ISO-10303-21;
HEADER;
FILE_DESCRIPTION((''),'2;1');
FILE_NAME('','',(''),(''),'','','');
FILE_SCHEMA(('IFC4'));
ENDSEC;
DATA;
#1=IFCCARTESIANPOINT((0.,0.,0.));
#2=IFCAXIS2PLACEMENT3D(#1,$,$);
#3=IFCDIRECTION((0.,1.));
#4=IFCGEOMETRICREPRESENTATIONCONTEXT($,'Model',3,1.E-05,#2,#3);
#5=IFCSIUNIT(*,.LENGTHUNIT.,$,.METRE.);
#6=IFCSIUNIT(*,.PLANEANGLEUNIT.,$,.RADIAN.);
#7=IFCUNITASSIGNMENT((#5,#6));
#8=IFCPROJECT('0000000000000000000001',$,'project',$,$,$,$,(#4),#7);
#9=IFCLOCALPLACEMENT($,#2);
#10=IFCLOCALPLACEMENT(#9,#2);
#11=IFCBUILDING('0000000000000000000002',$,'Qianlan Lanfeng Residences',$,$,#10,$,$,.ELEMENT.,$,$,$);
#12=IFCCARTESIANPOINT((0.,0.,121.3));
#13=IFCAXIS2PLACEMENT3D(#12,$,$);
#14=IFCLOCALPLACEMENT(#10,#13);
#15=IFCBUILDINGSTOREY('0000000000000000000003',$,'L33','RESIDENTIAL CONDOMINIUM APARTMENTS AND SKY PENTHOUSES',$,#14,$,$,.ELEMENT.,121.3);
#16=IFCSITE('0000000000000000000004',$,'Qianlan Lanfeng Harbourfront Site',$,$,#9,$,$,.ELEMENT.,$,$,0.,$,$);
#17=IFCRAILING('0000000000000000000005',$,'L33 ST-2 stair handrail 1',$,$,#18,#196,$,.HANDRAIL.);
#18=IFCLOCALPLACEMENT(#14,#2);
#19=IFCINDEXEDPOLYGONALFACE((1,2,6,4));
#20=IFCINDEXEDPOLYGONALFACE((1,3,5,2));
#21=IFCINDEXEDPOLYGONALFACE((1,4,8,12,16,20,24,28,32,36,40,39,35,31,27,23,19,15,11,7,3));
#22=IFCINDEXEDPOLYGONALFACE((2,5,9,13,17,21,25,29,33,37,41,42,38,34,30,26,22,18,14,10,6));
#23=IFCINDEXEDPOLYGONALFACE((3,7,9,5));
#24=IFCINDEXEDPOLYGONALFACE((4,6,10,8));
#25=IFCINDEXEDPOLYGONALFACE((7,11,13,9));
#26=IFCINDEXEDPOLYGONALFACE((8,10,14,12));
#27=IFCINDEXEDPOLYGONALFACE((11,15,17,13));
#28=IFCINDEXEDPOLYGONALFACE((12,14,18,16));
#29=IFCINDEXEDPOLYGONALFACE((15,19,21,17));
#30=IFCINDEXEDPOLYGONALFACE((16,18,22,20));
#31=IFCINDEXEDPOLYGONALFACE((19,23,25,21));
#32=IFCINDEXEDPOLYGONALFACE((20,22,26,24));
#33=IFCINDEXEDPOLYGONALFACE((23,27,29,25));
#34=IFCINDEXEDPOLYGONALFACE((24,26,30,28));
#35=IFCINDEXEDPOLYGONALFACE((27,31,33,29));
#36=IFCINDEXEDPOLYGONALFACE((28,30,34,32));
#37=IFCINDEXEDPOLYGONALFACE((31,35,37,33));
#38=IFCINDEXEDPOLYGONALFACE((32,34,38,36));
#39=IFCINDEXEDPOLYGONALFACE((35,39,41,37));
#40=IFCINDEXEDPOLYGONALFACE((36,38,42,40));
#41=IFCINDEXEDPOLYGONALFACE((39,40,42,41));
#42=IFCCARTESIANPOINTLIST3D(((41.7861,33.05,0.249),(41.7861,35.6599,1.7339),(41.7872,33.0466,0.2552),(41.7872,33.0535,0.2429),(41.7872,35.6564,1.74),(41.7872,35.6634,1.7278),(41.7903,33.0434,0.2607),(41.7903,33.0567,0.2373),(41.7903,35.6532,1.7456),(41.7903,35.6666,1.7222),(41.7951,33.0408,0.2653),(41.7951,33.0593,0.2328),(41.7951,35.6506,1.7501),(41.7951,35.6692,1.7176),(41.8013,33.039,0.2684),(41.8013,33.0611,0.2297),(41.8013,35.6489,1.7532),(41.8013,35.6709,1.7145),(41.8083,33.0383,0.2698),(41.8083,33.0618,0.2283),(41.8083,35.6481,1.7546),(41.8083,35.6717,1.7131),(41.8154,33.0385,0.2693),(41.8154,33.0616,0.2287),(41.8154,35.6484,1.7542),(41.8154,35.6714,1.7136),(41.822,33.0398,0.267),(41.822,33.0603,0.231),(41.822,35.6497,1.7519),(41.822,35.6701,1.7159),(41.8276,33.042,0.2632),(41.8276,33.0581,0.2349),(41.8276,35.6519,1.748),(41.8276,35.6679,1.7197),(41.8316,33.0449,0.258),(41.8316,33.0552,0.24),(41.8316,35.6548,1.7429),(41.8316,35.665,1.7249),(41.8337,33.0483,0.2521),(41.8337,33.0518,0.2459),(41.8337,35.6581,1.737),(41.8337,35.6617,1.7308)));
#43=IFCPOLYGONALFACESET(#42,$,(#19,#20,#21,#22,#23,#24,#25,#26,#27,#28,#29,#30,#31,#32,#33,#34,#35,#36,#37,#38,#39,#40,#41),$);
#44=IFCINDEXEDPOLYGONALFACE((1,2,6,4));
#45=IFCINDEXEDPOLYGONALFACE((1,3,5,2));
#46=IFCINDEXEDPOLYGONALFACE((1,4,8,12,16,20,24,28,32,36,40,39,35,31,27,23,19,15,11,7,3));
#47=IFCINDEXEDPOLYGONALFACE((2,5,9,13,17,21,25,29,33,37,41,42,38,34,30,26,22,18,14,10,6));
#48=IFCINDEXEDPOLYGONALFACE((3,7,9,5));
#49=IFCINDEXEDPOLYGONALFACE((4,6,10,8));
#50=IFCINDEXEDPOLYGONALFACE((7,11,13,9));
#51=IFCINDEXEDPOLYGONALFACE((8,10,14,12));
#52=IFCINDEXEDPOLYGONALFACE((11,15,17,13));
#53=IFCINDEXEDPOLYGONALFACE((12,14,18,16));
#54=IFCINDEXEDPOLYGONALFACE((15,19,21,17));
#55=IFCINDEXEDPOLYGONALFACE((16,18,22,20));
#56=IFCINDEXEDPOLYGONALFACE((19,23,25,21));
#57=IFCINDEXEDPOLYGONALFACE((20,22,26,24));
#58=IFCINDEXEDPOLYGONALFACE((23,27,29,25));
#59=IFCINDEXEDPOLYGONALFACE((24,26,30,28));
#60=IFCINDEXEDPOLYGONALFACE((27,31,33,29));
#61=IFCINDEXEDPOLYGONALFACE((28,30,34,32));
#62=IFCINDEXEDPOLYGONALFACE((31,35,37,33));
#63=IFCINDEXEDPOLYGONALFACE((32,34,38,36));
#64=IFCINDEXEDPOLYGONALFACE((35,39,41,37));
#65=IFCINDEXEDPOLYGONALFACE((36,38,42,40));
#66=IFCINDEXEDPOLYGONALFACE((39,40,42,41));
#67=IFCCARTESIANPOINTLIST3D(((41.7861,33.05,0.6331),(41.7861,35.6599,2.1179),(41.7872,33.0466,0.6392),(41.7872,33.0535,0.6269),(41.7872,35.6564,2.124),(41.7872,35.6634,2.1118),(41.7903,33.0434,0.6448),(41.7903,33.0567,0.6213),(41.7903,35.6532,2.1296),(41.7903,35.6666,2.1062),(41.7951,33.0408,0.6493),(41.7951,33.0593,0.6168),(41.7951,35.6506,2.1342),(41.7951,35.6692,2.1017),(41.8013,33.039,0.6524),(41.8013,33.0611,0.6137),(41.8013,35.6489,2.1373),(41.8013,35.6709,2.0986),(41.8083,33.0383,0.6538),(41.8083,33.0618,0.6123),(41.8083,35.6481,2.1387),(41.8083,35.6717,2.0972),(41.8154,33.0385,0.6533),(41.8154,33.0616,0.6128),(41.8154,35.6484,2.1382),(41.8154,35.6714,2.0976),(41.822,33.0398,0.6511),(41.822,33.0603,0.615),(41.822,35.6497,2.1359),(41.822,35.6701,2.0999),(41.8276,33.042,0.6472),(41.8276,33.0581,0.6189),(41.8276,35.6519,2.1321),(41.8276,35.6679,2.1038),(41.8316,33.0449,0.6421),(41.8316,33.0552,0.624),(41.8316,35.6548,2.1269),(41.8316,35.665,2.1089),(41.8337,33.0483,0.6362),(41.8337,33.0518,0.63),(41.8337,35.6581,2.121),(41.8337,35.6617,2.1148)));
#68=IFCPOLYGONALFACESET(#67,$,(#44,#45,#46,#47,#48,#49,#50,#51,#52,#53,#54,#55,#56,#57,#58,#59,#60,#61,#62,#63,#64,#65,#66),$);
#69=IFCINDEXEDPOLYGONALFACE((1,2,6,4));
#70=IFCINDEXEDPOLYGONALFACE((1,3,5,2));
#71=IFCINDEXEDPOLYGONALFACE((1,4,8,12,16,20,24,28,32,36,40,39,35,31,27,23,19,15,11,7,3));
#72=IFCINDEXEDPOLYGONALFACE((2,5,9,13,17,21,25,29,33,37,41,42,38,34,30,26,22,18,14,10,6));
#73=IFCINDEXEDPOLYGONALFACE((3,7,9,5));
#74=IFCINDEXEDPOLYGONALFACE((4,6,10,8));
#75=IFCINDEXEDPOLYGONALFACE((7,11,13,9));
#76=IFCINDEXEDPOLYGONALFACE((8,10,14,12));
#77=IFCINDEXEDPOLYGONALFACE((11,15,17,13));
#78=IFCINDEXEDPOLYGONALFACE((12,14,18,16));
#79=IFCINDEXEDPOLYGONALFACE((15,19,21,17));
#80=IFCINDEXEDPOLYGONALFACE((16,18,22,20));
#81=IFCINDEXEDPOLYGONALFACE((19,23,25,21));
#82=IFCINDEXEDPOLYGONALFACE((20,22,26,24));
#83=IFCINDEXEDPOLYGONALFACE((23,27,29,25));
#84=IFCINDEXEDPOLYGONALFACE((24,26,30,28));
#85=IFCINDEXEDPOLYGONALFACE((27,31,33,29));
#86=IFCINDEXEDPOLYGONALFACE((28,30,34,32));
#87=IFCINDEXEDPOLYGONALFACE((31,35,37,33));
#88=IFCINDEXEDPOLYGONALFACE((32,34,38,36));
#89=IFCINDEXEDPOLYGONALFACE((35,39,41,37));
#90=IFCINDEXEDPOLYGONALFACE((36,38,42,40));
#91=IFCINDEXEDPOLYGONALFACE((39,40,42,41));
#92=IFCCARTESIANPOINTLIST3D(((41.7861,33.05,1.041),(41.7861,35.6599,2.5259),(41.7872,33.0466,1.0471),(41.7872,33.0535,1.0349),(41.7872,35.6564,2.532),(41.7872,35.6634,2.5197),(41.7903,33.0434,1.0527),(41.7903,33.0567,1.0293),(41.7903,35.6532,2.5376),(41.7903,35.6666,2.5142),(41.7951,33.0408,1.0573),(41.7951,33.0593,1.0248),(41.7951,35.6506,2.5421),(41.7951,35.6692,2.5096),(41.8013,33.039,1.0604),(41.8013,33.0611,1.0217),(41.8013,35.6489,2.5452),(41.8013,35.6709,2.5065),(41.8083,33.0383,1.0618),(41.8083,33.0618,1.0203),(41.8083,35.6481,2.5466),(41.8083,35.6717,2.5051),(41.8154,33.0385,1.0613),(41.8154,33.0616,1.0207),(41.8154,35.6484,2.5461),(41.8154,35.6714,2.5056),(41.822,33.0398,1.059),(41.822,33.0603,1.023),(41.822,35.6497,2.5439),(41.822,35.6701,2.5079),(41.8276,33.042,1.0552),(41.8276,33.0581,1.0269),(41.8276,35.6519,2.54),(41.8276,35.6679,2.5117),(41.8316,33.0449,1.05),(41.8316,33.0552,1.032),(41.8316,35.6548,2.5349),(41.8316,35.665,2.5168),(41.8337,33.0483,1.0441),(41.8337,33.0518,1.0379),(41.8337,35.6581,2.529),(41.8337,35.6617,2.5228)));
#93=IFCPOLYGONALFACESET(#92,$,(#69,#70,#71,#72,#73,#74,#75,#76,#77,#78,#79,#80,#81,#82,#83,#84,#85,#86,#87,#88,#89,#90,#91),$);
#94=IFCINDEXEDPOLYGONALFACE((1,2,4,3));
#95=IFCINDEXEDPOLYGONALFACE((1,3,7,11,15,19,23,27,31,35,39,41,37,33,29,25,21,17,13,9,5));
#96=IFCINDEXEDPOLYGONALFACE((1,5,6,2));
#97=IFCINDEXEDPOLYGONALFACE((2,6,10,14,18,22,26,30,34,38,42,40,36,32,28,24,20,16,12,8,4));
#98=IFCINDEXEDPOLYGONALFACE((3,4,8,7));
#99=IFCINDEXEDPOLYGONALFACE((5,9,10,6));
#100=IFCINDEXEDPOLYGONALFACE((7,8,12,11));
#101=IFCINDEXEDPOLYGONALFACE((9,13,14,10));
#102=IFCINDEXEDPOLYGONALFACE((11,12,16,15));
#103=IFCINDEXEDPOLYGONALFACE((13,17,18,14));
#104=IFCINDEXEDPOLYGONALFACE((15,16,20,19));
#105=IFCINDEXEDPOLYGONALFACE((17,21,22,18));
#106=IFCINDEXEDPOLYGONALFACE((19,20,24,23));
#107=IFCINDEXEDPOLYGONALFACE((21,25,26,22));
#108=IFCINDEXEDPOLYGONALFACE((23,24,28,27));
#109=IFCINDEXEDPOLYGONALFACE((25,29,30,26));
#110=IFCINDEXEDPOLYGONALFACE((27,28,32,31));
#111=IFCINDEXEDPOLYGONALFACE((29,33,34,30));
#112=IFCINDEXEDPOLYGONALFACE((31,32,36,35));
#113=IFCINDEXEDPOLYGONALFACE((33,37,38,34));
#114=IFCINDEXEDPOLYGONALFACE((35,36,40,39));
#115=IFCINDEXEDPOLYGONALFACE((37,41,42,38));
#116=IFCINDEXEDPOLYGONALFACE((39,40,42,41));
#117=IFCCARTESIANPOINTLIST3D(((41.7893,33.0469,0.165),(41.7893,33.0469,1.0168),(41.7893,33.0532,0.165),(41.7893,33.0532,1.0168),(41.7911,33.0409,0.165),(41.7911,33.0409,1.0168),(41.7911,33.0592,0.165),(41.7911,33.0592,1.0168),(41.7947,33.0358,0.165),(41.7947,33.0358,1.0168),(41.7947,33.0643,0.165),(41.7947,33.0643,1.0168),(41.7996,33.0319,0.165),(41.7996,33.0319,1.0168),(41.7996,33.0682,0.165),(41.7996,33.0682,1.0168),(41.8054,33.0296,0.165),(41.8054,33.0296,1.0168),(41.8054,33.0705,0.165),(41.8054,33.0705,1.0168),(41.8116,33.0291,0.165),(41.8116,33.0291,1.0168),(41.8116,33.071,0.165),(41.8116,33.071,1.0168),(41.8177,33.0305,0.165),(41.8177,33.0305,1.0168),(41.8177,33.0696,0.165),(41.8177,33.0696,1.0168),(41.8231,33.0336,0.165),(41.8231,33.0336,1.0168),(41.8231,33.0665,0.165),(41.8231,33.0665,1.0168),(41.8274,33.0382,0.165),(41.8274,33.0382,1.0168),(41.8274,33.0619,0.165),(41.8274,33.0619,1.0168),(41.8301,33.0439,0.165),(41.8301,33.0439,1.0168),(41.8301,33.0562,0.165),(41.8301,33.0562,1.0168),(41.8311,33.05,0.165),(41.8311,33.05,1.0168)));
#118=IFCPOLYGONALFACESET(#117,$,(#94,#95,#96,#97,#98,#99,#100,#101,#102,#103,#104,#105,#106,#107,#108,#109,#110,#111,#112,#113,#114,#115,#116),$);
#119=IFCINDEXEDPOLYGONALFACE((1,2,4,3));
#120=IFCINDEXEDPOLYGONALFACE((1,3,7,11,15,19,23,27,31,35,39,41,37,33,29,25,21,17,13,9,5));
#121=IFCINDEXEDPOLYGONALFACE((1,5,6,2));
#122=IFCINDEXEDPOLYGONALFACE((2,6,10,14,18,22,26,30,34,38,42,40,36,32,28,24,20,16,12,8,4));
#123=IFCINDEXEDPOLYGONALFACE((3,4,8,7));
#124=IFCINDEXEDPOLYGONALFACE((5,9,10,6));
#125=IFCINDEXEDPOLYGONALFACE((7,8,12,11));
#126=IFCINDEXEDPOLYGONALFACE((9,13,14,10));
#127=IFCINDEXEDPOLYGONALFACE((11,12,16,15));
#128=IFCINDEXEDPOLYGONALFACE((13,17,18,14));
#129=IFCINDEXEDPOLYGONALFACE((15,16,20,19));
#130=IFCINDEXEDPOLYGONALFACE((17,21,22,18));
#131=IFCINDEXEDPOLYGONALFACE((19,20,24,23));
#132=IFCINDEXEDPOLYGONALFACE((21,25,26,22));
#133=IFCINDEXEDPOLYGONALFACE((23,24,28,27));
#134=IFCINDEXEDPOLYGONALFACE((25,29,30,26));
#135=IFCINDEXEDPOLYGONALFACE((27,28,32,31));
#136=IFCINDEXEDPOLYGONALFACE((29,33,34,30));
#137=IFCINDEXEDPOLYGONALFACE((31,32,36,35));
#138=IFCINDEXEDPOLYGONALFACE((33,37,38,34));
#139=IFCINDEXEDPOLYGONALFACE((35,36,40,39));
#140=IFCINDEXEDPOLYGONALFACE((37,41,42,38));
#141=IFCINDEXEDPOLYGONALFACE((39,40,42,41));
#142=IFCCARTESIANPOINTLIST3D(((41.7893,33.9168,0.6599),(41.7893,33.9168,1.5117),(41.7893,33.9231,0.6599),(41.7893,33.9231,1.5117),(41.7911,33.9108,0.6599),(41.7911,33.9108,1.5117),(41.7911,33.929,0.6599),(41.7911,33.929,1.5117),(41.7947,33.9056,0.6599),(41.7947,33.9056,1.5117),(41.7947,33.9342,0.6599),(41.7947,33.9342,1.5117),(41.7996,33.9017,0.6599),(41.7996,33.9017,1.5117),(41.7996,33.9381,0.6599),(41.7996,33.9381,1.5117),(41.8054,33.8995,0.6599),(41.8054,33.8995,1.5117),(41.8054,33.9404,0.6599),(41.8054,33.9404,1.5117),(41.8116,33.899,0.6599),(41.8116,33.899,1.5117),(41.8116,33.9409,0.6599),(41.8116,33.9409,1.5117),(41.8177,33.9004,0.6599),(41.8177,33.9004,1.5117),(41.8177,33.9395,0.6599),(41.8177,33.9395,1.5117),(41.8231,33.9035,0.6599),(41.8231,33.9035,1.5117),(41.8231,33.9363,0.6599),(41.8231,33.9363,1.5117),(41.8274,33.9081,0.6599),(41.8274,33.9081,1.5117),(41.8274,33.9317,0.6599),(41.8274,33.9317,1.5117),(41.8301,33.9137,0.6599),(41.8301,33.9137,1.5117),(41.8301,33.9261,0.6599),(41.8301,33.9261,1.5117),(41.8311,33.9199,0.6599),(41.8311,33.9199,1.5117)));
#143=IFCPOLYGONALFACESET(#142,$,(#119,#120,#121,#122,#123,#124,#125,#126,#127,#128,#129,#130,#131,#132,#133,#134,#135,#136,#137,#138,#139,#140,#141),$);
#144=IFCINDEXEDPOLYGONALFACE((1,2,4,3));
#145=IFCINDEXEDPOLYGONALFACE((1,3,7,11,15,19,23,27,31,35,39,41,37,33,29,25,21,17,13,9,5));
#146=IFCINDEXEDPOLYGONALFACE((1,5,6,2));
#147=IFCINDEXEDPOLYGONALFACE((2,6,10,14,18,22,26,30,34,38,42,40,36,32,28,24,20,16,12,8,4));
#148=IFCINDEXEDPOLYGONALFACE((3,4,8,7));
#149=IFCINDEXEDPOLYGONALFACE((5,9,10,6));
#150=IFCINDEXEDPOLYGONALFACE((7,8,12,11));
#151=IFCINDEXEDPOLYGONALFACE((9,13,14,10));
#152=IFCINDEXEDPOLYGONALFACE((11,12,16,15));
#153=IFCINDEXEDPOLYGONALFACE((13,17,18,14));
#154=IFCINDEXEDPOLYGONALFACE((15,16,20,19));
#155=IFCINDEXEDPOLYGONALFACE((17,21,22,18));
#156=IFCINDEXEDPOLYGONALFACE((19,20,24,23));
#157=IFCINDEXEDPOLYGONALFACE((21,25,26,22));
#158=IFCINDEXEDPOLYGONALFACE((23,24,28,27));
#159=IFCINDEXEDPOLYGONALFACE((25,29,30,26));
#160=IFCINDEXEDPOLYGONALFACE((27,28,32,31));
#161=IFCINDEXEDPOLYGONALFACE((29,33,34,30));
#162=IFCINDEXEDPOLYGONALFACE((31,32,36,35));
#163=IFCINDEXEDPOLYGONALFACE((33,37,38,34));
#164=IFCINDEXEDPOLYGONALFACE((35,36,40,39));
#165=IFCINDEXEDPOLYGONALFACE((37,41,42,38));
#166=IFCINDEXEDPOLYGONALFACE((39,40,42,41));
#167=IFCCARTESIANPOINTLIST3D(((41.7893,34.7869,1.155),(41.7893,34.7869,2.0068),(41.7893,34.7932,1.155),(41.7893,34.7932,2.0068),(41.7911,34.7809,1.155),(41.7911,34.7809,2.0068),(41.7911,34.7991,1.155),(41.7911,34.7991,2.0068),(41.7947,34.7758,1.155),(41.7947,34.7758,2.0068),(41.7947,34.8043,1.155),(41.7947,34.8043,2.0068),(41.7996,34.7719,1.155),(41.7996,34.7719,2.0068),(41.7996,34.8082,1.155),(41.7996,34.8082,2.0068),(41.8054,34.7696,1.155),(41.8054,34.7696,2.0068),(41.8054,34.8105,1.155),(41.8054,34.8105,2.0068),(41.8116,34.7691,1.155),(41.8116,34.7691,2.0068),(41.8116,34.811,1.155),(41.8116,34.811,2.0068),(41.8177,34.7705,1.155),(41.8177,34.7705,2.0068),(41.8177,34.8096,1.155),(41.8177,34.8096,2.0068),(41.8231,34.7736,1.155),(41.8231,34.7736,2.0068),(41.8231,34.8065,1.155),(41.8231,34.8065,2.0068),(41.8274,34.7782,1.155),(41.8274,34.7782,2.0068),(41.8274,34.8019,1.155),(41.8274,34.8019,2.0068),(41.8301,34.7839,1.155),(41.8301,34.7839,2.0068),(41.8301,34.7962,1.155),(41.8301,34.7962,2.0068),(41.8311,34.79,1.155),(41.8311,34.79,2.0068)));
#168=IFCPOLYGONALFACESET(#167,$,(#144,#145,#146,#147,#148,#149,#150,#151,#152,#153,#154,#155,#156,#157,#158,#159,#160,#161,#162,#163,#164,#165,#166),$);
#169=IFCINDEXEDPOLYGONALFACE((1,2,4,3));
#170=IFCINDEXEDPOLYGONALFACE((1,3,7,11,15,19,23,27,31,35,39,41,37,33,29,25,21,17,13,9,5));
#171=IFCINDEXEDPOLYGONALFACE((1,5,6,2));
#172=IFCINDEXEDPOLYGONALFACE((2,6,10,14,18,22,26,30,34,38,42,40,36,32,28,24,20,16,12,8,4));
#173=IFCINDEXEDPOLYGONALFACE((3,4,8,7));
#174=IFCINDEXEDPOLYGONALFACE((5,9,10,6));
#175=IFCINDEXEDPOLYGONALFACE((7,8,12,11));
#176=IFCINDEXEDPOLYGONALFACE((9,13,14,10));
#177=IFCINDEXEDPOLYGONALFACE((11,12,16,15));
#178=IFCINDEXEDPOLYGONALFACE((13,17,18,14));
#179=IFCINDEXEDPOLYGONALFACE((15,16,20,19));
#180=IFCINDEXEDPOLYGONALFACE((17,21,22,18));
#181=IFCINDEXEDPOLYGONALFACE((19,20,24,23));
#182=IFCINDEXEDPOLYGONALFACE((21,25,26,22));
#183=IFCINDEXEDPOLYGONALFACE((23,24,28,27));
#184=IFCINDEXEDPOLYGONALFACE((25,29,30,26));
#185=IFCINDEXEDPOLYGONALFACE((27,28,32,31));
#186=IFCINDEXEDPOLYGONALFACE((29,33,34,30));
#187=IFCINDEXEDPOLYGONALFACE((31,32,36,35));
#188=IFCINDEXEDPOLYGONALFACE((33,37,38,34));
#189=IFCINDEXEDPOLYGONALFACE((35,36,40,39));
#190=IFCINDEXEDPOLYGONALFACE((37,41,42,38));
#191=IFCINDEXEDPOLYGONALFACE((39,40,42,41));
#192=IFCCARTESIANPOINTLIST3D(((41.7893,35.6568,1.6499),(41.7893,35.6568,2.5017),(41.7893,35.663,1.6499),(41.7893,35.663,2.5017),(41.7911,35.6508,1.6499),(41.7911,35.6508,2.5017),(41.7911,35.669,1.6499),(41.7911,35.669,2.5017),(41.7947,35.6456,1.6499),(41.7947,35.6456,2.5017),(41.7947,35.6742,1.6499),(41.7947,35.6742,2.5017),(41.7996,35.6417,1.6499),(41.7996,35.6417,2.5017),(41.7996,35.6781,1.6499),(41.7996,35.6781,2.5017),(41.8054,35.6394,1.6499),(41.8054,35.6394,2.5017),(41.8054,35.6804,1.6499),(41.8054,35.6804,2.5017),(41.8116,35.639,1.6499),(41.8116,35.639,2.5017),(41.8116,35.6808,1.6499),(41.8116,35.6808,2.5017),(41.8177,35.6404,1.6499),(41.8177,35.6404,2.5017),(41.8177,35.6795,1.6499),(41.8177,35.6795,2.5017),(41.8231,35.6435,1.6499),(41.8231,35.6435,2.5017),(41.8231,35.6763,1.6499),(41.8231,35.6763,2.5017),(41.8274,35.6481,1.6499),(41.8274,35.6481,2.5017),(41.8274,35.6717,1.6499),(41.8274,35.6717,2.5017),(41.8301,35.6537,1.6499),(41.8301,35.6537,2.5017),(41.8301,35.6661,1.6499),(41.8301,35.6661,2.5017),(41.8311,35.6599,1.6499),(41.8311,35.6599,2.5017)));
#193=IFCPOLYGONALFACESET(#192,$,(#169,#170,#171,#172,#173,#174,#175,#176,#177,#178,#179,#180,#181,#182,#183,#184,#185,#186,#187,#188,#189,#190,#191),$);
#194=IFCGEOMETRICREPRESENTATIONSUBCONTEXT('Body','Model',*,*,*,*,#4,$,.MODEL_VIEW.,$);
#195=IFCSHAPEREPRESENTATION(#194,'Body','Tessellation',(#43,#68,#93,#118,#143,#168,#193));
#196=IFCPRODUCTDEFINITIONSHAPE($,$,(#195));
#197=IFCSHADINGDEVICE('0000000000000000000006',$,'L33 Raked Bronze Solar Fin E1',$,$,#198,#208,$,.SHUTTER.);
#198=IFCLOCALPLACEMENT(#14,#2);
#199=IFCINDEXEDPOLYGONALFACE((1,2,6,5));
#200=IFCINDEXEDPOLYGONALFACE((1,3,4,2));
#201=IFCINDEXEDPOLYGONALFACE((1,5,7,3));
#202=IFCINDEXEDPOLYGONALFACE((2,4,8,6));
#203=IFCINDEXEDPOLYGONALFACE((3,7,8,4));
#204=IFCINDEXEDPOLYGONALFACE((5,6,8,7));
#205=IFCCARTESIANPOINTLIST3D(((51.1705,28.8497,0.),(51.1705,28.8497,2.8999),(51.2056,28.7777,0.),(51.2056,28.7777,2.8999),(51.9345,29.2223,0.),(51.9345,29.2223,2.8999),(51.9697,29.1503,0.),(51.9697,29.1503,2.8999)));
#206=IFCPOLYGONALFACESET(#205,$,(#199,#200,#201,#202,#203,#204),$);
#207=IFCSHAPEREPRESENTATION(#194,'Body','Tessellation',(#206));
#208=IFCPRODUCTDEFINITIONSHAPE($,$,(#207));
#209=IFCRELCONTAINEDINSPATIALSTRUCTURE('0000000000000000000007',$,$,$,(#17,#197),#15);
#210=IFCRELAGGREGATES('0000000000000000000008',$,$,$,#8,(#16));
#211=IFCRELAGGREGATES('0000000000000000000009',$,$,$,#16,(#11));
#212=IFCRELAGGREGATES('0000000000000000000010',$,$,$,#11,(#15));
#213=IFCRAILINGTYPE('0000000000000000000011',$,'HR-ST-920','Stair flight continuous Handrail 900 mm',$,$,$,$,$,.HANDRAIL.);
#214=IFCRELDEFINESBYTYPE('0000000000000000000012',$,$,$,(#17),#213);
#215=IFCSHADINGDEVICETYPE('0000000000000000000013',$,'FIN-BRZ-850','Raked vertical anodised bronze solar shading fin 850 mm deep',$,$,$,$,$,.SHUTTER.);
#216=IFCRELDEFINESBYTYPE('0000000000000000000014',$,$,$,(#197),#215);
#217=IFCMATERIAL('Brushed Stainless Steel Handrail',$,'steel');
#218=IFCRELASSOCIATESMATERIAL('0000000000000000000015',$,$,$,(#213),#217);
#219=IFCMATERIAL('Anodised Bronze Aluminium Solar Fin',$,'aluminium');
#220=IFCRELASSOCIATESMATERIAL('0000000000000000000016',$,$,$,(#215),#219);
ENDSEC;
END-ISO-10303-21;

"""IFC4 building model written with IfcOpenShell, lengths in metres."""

from ifc_helpers import new_model, si_unit, direction, frame, origin, origin_2d, place, context, subcontext, project, spatial, rectangle, circle, extrude, source, transform, mapped, material, type_object, element, save


model = new_model("IFC4")

# Units and contexts
model_context = context("Model", 3, precision=1e-05, world=origin(), true_north=direction((0.0, 1.0)))
body_context = subcontext(model_context, "Body", "Model", "MODEL_VIEW")
ifc_project = project(units=[si_unit("LENGTHUNIT", "METRE"), si_unit("PLANEANGLEUNIT", "RADIAN")], contexts=[model_context])

# Site, building, storey
site_placement = place(None, origin())
site = spatial("IfcSite", under=ifc_project, at=site_placement, Name="Qianlan Lanfeng Harbourfront Site", CompositionType="ELEMENT", RefElevation=0.0)
building_placement = place(site_placement, origin())
building = spatial("IfcBuilding", under=site, at=building_placement, Name="Qianlan Lanfeng Residences", CompositionType="ELEMENT")
storey_placement = place(building_placement, frame((0.0, 0.0, 121.3)))
storey = spatial("IfcBuildingStorey", under=building, at=storey_placement, Name="L33", Description="RESIDENTIAL CONDOMINIUM APARTMENTS AND SKY PENTHOUSES", CompositionType="ELEMENT", Elevation=121.3)

# Railing
ifc_material_1 = material(Name="Brushed Stainless Steel Handrail", Category="steel")
railing_type_1 = type_object("IfcRailingType", Name="HR-ST-920", Description="Stair flight continuous Handrail 900 mm", PredefinedType="HANDRAIL", material=ifc_material_1)
railing_1_placement = place(storey_placement, frame((41.8101, 33.05, 0.165)))
element("IfcRailing", 1, at=railing_1_placement, inside=storey, type_object=railing_type_1, Name="L33 ST-2 stair handrail 1", PredefinedType="HANDRAIL", context=body_context, shape_type="SweptSolid", body=[
    extrude(circle(Radius=0.0239, at=origin_2d()), frame((0.0, 0.0, 0.084), z_axis=(0.0, 0.869172, 0.494509), x_axis=(-1.0, 0.0, 0.0)), (0.0, 0.0, 1.0), 3.0027),
    extrude(circle(Radius=0.0239, at=origin_2d()), frame((0.0, 0.0, 0.468), z_axis=(0.0, 0.869172, 0.494509), x_axis=(-1.0, 0.0, 0.0)), (0.0, 0.0, 1.0), 3.0027),
    extrude(circle(Radius=0.0239, at=origin_2d()), frame((0.0, 0.0, 0.876), z_axis=(0.0, 0.869172, 0.494509), x_axis=(-1.0, 0.0, 0.0)), (0.0, 0.0, 1.0), 3.0027),
    extrude(circle(Radius=0.021, at=origin_2d()), origin(), (0.0, 0.0, 1.0), 0.8518),
    extrude(circle(Radius=0.021, at=origin_2d()), frame((0.0, 0.8699, 0.4949)), (0.0, 0.0, 1.0), 0.8518),
    extrude(circle(Radius=0.021, at=origin_2d()), frame((0.0, 1.74, 0.99)), (0.0, 0.0, 1.0), 0.8518),
    extrude(circle(Radius=0.021, at=origin_2d()), frame((0.0, 2.6099, 1.4849)), (0.0, 0.0, 1.0), 0.8518),
])

# Shading device
ifc_material_2 = material(Name="Anodised Bronze Aluminium Solar Fin", Category="aluminium")
shading_device_type = type_object("IfcShadingDeviceType", Name="FIN-BRZ-850", Description="Raked vertical anodised bronze solar shading fin 850 mm deep", PredefinedType="SHUTTER", material=ifc_material_2)
shared_shape_1 = source(origin(), body_context, "Body", "SweptSolid", [
    extrude(rectangle(XDim=0.8501, YDim=0.0801, at=origin_2d()), origin(), (0.0, 0.0, 1.0), 2.8999),
])
for number, where, z_axis, x_axis, name in (
    (2, (51.5701, 29.0, 0.0), (0.0, 0.0, 1.0), (0.898794, 0.438371, 0.0), "L33 Raked Bronze Solar Fin E1"),
):
    element("IfcShadingDevice", number, at=place(storey_placement, frame(where, z_axis=z_axis, x_axis=x_axis)), inside=storey, type_object=shading_device_type, Name=name, PredefinedType="SHUTTER", context=body_context, shape_type="MappedRepresentation", body=[
        mapped(shared_shape_1, transform((0.0, 0.0, 0.0), scale=1.0)),
    ])

save(model, "model.ifc")
